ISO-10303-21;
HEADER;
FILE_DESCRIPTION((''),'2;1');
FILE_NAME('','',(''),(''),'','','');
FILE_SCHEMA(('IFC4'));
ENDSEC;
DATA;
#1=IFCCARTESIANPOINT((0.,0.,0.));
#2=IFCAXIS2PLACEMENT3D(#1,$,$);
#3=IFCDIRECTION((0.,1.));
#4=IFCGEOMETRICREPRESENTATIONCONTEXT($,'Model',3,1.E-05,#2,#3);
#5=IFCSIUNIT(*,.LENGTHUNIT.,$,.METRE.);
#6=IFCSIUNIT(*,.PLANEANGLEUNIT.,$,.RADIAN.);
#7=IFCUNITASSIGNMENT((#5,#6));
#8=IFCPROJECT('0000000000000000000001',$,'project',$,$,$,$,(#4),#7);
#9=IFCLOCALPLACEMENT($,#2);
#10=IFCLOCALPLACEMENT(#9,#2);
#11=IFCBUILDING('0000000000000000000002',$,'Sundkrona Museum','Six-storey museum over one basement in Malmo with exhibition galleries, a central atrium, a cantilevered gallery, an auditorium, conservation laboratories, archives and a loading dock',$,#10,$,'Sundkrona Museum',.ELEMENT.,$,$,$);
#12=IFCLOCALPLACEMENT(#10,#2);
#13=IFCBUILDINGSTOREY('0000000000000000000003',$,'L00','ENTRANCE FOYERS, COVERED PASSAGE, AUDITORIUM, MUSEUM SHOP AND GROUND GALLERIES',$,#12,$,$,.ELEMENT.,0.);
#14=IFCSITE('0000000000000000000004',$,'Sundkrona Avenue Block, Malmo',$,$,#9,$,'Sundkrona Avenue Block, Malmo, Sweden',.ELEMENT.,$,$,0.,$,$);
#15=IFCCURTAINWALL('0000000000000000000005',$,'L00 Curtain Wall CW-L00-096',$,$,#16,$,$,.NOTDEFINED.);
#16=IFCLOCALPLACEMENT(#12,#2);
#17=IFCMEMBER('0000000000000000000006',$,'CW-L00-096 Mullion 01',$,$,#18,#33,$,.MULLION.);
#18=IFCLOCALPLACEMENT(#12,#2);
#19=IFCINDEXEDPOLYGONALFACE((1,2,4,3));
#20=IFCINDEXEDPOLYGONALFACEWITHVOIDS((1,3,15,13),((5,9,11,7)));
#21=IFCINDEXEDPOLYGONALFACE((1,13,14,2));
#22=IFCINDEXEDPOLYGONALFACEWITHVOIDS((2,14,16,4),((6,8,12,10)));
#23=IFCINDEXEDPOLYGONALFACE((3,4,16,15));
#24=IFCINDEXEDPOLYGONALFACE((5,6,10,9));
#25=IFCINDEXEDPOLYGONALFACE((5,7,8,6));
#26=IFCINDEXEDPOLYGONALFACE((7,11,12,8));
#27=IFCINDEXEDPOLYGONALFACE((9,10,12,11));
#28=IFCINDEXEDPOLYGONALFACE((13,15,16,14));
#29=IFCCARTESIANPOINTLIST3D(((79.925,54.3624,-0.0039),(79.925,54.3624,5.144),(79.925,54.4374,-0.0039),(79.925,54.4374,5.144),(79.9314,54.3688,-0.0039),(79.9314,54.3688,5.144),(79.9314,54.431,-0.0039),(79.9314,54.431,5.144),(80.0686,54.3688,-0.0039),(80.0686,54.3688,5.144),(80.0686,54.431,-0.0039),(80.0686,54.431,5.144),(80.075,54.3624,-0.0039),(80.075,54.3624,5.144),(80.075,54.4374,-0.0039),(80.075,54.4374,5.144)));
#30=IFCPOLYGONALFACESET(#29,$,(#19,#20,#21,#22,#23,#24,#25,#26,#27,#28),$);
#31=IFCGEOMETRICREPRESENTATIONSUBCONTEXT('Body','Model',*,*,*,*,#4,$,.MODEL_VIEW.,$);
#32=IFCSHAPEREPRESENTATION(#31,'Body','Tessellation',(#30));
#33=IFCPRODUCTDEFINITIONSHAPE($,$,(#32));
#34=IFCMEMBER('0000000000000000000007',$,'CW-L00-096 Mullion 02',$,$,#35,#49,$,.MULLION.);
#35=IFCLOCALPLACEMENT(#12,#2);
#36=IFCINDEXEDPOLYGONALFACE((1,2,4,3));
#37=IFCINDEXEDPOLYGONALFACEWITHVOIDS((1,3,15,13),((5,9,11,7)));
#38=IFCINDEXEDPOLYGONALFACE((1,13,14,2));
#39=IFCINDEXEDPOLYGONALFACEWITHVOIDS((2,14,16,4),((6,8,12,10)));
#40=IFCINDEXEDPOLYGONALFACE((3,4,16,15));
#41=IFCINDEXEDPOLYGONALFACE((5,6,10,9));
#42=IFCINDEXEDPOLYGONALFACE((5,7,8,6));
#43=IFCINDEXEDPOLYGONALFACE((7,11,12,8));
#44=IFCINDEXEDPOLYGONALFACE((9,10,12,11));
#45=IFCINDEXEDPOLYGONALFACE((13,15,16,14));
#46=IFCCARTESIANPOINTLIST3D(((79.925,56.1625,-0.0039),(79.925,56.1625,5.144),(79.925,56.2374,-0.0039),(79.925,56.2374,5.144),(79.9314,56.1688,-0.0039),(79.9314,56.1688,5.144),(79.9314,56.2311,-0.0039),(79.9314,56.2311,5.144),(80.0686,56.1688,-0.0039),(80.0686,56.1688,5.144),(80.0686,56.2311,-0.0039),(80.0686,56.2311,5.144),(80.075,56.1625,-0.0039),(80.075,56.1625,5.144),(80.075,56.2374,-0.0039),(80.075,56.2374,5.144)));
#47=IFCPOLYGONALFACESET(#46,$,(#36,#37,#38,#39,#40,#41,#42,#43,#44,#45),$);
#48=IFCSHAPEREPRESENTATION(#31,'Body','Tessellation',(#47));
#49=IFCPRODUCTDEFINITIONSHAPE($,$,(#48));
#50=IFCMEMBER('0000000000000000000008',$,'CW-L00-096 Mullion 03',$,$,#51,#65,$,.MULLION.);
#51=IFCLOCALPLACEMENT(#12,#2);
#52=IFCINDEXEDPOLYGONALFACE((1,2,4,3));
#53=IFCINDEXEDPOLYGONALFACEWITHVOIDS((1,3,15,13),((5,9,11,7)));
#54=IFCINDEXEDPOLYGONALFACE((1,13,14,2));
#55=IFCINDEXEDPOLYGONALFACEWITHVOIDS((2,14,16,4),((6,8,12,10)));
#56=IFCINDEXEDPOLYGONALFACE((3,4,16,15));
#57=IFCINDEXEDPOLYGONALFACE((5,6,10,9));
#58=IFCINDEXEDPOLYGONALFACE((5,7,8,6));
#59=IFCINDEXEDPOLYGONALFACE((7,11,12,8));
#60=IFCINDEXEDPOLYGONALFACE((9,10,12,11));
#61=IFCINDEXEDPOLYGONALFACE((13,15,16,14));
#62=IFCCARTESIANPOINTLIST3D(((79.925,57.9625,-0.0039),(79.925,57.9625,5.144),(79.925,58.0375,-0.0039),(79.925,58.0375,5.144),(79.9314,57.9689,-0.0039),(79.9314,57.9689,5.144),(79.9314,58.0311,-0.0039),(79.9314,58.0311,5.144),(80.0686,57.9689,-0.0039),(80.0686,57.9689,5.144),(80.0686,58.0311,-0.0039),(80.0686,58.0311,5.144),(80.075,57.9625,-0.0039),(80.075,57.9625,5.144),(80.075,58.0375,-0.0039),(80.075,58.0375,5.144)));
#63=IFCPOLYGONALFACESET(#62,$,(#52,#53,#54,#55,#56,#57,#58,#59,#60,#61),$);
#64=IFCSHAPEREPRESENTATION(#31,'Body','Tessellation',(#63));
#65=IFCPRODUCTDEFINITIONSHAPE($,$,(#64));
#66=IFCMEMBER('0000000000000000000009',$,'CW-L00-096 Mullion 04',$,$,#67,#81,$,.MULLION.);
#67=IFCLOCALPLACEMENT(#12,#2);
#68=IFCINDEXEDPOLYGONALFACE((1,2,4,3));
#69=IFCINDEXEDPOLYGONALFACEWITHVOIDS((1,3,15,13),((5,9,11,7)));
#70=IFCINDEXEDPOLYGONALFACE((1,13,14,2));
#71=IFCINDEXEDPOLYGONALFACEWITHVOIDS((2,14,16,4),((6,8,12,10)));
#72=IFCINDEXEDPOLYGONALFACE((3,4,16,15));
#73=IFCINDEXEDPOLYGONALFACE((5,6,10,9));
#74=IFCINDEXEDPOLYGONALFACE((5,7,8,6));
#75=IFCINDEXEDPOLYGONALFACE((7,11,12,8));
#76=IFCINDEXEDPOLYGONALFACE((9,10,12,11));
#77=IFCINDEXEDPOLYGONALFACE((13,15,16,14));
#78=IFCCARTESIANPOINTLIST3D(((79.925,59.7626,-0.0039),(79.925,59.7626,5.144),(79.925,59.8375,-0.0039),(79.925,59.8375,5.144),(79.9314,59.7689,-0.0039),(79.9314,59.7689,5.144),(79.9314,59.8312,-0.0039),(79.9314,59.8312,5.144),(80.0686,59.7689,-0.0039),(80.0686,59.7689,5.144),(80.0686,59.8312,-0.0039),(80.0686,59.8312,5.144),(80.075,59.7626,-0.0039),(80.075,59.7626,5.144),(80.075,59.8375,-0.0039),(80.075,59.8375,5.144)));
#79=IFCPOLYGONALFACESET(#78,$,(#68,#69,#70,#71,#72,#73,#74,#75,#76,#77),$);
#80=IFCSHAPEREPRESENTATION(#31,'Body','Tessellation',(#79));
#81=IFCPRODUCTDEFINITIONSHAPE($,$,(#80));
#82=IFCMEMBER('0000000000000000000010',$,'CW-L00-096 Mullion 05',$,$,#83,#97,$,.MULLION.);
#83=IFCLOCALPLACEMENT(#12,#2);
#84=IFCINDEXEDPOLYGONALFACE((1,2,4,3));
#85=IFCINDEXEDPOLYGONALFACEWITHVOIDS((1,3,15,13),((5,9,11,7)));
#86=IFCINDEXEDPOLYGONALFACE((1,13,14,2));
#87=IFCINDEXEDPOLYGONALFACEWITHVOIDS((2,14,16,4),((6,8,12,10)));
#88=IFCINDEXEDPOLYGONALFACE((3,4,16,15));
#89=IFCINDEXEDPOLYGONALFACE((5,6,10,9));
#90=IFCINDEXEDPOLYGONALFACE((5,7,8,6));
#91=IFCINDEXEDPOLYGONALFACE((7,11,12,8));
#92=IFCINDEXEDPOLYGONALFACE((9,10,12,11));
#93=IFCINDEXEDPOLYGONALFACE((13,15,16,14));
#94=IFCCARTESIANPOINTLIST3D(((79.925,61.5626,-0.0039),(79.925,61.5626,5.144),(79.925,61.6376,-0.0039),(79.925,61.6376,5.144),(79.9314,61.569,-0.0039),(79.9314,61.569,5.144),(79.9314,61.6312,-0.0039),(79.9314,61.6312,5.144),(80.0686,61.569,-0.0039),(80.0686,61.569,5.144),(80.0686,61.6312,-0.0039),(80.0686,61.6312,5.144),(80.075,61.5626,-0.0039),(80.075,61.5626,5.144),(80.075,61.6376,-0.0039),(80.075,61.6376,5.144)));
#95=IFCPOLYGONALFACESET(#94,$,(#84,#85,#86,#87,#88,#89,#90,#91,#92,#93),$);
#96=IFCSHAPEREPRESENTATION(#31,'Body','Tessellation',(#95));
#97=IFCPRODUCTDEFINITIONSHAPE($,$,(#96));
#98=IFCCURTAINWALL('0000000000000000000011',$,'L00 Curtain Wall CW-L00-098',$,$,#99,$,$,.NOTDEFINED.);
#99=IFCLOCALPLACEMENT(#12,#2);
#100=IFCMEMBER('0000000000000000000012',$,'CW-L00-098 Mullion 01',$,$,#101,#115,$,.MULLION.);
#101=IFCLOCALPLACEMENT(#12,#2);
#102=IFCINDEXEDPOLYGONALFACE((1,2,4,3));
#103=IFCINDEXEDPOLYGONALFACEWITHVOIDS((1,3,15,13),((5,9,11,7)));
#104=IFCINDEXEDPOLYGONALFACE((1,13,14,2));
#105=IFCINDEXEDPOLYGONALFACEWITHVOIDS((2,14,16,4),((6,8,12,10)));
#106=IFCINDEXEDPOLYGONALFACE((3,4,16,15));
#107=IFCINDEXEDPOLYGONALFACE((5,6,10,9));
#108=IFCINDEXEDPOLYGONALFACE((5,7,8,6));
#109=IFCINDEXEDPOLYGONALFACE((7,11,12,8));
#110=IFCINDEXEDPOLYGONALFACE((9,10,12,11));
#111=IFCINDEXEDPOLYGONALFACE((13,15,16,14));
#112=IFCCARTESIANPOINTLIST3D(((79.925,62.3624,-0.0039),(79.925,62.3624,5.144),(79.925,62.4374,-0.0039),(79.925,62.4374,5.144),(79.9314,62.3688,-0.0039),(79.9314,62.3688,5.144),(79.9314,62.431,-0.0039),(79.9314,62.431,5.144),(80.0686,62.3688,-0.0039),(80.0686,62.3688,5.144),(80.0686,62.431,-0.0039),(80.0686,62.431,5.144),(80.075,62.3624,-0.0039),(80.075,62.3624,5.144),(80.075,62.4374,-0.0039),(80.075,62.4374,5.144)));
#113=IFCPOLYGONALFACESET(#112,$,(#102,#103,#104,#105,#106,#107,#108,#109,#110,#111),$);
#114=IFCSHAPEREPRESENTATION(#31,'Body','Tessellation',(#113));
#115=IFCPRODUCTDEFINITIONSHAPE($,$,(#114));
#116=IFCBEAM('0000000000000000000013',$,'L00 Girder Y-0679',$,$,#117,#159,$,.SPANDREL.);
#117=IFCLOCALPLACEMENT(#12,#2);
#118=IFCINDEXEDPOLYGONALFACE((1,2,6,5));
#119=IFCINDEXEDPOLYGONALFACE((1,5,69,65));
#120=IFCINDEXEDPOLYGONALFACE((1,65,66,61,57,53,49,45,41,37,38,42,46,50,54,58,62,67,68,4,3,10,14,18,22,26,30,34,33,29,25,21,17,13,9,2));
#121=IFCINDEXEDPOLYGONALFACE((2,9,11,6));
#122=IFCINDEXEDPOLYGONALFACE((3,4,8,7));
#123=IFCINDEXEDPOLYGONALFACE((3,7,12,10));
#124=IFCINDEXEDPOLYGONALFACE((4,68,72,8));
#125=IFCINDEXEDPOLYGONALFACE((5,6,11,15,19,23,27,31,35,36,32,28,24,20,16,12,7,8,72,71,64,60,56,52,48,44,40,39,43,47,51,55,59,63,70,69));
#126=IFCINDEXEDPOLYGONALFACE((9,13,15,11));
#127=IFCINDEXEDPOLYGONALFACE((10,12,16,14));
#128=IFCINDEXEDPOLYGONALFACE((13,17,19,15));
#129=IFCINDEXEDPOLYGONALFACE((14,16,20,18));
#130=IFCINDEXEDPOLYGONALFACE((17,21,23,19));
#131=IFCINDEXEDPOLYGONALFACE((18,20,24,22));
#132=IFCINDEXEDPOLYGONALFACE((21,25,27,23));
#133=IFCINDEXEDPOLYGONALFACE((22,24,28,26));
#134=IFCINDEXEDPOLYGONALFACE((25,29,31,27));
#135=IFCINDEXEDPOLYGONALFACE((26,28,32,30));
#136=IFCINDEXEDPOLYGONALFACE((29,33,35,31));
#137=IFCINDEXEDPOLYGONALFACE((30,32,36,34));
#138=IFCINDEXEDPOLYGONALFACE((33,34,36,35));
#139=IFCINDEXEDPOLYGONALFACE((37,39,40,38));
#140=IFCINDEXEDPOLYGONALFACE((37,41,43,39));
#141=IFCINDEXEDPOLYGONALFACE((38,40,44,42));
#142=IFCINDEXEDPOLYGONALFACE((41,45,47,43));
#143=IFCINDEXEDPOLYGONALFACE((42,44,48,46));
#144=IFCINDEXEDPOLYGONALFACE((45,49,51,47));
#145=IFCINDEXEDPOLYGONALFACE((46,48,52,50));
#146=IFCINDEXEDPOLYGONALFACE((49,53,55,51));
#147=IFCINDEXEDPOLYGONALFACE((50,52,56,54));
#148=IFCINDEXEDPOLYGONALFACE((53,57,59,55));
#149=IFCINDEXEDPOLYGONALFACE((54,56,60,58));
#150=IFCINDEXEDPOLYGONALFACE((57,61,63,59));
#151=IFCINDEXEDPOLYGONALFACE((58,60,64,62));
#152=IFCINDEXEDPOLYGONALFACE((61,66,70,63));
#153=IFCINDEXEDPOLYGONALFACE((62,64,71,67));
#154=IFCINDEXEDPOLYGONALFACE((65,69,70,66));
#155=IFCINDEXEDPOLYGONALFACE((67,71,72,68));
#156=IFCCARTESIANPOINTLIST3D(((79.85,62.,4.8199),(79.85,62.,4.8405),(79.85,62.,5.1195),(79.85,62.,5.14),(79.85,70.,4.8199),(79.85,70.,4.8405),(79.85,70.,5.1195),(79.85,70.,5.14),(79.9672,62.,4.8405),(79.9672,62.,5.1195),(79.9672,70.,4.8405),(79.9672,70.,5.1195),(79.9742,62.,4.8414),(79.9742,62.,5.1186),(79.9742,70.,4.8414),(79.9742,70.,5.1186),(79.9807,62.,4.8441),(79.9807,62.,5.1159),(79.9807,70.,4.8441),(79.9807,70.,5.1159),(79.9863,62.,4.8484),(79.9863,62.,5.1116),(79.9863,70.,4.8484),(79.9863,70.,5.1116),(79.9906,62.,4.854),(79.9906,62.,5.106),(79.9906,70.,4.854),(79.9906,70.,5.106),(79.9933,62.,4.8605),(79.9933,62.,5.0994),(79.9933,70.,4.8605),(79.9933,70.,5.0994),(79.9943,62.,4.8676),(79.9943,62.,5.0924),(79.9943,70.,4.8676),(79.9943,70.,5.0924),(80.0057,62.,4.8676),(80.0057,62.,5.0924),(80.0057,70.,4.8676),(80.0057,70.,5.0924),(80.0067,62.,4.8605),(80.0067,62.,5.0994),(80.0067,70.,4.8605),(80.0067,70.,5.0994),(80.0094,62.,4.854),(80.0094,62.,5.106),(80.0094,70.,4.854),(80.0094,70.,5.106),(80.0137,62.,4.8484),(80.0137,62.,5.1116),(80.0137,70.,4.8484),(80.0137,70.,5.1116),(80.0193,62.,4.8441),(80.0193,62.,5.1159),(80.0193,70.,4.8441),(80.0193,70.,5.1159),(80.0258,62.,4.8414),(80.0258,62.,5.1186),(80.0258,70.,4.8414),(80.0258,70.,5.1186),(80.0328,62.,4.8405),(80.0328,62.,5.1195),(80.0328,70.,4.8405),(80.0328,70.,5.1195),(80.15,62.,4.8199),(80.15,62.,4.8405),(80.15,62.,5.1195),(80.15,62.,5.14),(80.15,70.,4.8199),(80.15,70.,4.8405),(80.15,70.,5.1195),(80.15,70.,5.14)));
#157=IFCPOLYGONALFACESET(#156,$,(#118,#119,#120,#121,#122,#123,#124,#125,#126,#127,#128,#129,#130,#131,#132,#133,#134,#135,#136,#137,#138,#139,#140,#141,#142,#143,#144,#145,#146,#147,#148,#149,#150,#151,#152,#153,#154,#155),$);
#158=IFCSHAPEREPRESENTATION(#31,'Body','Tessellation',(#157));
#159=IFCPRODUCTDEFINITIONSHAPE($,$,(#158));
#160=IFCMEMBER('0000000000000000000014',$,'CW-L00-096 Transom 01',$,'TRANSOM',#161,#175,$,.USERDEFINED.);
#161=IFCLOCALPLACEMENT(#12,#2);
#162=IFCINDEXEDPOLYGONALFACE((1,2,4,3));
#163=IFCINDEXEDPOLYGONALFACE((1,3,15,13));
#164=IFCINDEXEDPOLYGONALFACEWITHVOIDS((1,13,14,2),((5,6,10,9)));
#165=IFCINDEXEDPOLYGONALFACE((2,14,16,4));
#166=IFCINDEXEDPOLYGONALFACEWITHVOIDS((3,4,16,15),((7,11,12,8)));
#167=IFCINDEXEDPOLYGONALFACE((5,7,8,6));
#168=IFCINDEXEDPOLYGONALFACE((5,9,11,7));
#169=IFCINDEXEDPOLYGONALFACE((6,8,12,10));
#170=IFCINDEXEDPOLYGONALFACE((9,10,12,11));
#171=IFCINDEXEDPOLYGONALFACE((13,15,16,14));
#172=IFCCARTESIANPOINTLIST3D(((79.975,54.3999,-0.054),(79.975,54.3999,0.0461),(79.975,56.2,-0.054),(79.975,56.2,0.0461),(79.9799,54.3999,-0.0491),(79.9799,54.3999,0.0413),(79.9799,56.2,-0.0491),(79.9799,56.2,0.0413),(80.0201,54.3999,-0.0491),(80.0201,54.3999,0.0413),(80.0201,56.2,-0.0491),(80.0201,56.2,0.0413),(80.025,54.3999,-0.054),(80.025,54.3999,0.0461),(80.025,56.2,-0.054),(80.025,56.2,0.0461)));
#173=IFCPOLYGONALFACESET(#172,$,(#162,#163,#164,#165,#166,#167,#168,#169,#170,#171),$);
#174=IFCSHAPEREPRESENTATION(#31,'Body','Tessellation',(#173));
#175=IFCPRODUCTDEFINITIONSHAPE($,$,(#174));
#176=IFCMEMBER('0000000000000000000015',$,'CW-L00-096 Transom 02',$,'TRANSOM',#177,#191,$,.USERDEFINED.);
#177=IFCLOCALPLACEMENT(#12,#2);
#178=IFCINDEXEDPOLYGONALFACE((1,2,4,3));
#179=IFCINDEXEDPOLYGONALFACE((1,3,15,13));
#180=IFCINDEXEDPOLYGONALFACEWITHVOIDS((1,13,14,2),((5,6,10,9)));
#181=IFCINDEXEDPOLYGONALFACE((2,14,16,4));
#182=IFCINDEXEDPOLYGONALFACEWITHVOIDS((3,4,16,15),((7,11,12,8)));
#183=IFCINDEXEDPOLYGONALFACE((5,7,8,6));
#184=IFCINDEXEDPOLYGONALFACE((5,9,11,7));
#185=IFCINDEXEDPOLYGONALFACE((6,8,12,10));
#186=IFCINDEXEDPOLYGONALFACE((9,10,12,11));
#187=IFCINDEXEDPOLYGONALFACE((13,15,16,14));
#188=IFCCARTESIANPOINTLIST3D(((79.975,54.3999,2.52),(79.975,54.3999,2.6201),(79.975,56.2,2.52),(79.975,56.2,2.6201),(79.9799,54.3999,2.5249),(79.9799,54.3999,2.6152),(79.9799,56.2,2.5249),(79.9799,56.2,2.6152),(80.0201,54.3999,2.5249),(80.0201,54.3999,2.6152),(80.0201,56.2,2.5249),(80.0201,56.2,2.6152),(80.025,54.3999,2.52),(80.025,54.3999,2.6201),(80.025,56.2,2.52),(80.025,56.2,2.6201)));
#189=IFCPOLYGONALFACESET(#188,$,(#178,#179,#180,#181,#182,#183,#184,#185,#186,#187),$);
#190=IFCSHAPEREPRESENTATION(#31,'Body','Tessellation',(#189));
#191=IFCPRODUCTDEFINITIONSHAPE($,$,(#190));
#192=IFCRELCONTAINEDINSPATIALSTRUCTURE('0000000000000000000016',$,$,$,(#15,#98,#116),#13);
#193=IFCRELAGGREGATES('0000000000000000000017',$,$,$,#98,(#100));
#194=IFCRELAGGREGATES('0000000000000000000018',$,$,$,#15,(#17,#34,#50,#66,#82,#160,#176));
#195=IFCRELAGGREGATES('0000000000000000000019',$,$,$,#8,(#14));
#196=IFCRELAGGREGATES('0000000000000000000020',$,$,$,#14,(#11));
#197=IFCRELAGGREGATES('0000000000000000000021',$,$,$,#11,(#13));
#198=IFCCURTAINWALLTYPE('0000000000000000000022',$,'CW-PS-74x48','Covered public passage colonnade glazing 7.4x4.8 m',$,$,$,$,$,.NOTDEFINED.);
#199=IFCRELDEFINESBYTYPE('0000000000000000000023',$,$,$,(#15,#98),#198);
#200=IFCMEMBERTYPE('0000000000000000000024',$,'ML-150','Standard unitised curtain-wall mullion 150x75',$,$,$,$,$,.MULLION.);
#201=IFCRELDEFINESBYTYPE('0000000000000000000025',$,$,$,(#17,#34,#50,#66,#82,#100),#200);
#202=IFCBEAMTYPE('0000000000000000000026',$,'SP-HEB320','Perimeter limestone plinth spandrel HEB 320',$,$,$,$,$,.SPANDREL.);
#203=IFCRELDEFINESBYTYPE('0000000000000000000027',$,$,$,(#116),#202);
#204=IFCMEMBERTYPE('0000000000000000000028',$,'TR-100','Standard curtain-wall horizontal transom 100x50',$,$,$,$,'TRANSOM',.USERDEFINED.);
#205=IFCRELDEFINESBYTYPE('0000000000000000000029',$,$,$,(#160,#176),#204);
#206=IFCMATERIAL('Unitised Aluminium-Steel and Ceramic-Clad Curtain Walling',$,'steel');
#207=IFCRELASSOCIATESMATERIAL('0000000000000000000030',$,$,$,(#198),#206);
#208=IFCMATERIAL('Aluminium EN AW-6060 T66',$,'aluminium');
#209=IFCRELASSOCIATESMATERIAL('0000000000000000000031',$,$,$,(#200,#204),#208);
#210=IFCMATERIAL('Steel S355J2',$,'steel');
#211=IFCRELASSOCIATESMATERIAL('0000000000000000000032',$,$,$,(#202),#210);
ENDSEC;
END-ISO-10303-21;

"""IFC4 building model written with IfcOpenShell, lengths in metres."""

from ifc_helpers import new_model, si_unit, direction, frame, origin, origin_2d, place, context, subcontext, project, spatial, hollow_rectangle, i_section, extrude, material, material_profile, profile_set, type_object, element, aggregate, save


model = new_model("IFC4")

# Units and contexts
model_context = context("Model", 3, precision=1e-05, world=origin(), true_north=direction((0.0, 1.0)))
body_context = subcontext(model_context, "Body", "Model", "MODEL_VIEW")
ifc_project = project(units=[si_unit("LENGTHUNIT", "METRE"), si_unit("PLANEANGLEUNIT", "RADIAN")], contexts=[model_context])

# Site, building, storey
site_placement = place(None, origin())
site = spatial("IfcSite", under=ifc_project, at=site_placement, Name="Sundkrona Avenue Block, Malmo", LongName="Sundkrona Avenue Block, Malmo, Sweden", CompositionType="ELEMENT", RefElevation=0.0)
building_placement = place(site_placement, origin())
building = spatial("IfcBuilding", under=site, at=building_placement, Name="Sundkrona Museum", Description="Six-storey museum over one basement in Malmo with exhibition galleries, a central atrium, a cantilevered gallery, an auditorium, conservation laboratories, archives and a loading dock", LongName="Sundkrona Museum", CompositionType="ELEMENT")
storey_placement = place(building_placement, origin())
storey = spatial("IfcBuildingStorey", under=building, at=storey_placement, Name="L00", Description="ENTRANCE FOYERS, COVERED PASSAGE, AUDITORIUM, MUSEUM SHOP AND GROUND GALLERIES", CompositionType="ELEMENT", Elevation=0.0)

# Shared definitions
ifc_material_1 = material(Name="Steel S355J2", Category="steel")

# Curtain wall, members
ifc_material_2 = material(Name="Unitised Aluminium-Steel and Ceramic-Clad Curtain Walling", Category="steel")
curtain_wall_type = type_object("IfcCurtainWallType", Name="CW-PS-74x48", Description="Covered public passage colonnade glazing 7.4x4.8 m", PredefinedType="NOTDEFINED", material=ifc_material_2)
curtain_wall_1_placement = place(storey_placement, origin())
curtain_wall_1 = element("IfcCurtainWall", 1, at=curtain_wall_1_placement, inside=storey, type_object=curtain_wall_type, Name="L00 Curtain Wall CW-L00-096", PredefinedType="NOTDEFINED")
ifc_material_3 = material(Name="Aluminium EN AW-6060 T66", Category="aluminium")
ifc_material_profile_1 = material_profile(ifc_material_3, hollow_rectangle(XDim=0.075, YDim=0.1499, WallThickness=0.0063, at=origin_2d()), Name="RHS 150x75x6.3")
ifc_profile_set_1 = profile_set([ifc_material_profile_1], Name="Aluminium EN AW-6060 T66")
member_type_1 = type_object("IfcMemberType", Name="ML-150", Description="Standard unitised curtain-wall mullion 150x75", PredefinedType="MULLION", material=ifc_profile_set_1)
member_1_placement = place(storey_placement, frame((80.0, 54.3999, -0.0039), z_axis=(0.0, 0.0, 1.0), x_axis=(0.0, 1.0, 0.0)))
member_1 = element("IfcMember", 2, at=member_1_placement, type_object=member_type_1, Name="CW-L00-096 Mullion 01", PredefinedType="MULLION", context=body_context, shape_type="SweptSolid", body=[
    extrude(hollow_rectangle(XDim=0.075, YDim=0.1499, WallThickness=0.0063, at=origin_2d()), origin(), (0.0, 0.0, 1.0), 5.1479),
])
member_2_placement = place(storey_placement, frame((80.0, 56.2, -0.0039), z_axis=(0.0, 0.0, 1.0), x_axis=(0.0, 1.0, 0.0)))
member_2 = element("IfcMember", 3, at=member_2_placement, type_object=member_type_1, Name="CW-L00-096 Mullion 02", PredefinedType="MULLION", context=body_context, shape_type="SweptSolid", body=[
    extrude(hollow_rectangle(XDim=0.075, YDim=0.1499, WallThickness=0.0063, at=origin_2d()), origin(), (0.0, 0.0, 1.0), 5.1479),
])
member_3_placement = place(storey_placement, frame((80.0, 58.0, -0.0039), z_axis=(0.0, 0.0, 1.0), x_axis=(0.0, 1.0, 0.0)))
member_3 = element("IfcMember", 4, at=member_3_placement, type_object=member_type_1, Name="CW-L00-096 Mullion 03", PredefinedType="MULLION", context=body_context, shape_type="SweptSolid", body=[
    extrude(hollow_rectangle(XDim=0.075, YDim=0.1499, WallThickness=0.0063, at=origin_2d()), origin(), (0.0, 0.0, 1.0), 5.1479),
])
member_4_placement = place(storey_placement, frame((80.0, 59.8, -0.0039), z_axis=(0.0, 0.0, 1.0), x_axis=(0.0, 1.0, 0.0)))
member_4 = element("IfcMember", 5, at=member_4_placement, type_object=member_type_1, Name="CW-L00-096 Mullion 04", PredefinedType="MULLION", context=body_context, shape_type="SweptSolid", body=[
    extrude(hollow_rectangle(XDim=0.075, YDim=0.1499, WallThickness=0.0063, at=origin_2d()), origin(), (0.0, 0.0, 1.0), 5.1479),
])
member_5_placement = place(storey_placement, frame((80.0, 61.6001, -0.0039), z_axis=(0.0, 0.0, 1.0), x_axis=(0.0, 1.0, 0.0)))
member_5 = element("IfcMember", 6, at=member_5_placement, type_object=member_type_1, Name="CW-L00-096 Mullion 05", PredefinedType="MULLION", context=body_context, shape_type="SweptSolid", body=[
    extrude(hollow_rectangle(XDim=0.075, YDim=0.1499, WallThickness=0.0063, at=origin_2d()), origin(), (0.0, 0.0, 1.0), 5.1479),
])

# Curtain wall, member
curtain_wall_2_placement = place(storey_placement, origin())
curtain_wall_2 = element("IfcCurtainWall", 7, at=curtain_wall_2_placement, inside=storey, type_object=curtain_wall_type, Name="L00 Curtain Wall CW-L00-098", PredefinedType="NOTDEFINED")
member_6_placement = place(storey_placement, frame((80.0, 62.3999, -0.0039), z_axis=(0.0, 0.0, 1.0), x_axis=(0.0, 1.0, 0.0)))
member_6 = element("IfcMember", 8, at=member_6_placement, type_object=member_type_1, Name="CW-L00-098 Mullion 01", PredefinedType="MULLION", context=body_context, shape_type="SweptSolid", body=[
    extrude(hollow_rectangle(XDim=0.075, YDim=0.1499, WallThickness=0.0063, at=origin_2d()), origin(), (0.0, 0.0, 1.0), 5.1479),
])

# Beam
ifc_material_profile_2 = material_profile(ifc_material_1, i_section(OverallWidth=0.3, OverallDepth=0.3201, WebThickness=0.0115, FlangeThickness=0.0205, FilletRadius=0.0271, at=origin_2d()), Name="HEB 320")
ifc_profile_set_2 = profile_set([ifc_material_profile_2], Name="Steel S355J2")
beam_type_1 = type_object("IfcBeamType", Name="SP-HEB320", Description="Perimeter limestone plinth spandrel HEB 320", PredefinedType="SPANDREL", material=ifc_profile_set_2)
beam_1_placement = place(storey_placement, frame((80.0, 62.0, 4.98), z_axis=(0.0, 1.0, 0.0), x_axis=(-1.0, 0.0, 0.0)))
element("IfcBeam", 9, at=beam_1_placement, inside=storey, type_object=beam_type_1, Name="L00 Girder Y-0679", PredefinedType="SPANDREL", context=body_context, shape_type="SweptSolid", body=[
    extrude(i_section(OverallWidth=0.3, OverallDepth=0.3201, WebThickness=0.0115, FlangeThickness=0.0205, FilletRadius=0.0271, at=origin_2d()), origin(), (0.0, 0.0, 1.0), 8.0),
])

# Members
ifc_material_profile_3 = material_profile(ifc_material_3, hollow_rectangle(XDim=0.05, YDim=0.1001, WallThickness=0.0049, at=origin_2d()), Name="RHS 100x50x5.0")
ifc_profile_set_3 = profile_set([ifc_material_profile_3], Name="Aluminium EN AW-6060 T66")
member_type_2 = type_object("IfcMemberType", Name="TR-100", Description="Standard curtain-wall horizontal transom 100x50", ElementType="TRANSOM", PredefinedType="USERDEFINED", material=ifc_profile_set_3)
member_7_placement = place(storey_placement, frame((80.0, 54.3999, -0.0039), z_axis=(0.0, 1.0, 0.0), x_axis=(-1.0, 0.0, 0.0)))
member_7 = element("IfcMember", 10, at=member_7_placement, type_object=member_type_2, Name="CW-L00-096 Transom 01", ObjectType="TRANSOM", PredefinedType="USERDEFINED", context=body_context, shape_type="SweptSolid", body=[
    extrude(hollow_rectangle(XDim=0.05, YDim=0.1001, WallThickness=0.0049, at=origin_2d()), origin(), (0.0, 0.0, 1.0), 1.8),
])
member_8_placement = place(storey_placement, frame((80.0, 54.3999, 2.5701), z_axis=(0.0, 1.0, 0.0), x_axis=(-1.0, 0.0, 0.0)))
member_8 = element("IfcMember", 11, at=member_8_placement, type_object=member_type_2, Name="CW-L00-096 Transom 02", ObjectType="TRANSOM", PredefinedType="USERDEFINED", context=body_context, shape_type="SweptSolid", body=[
    extrude(hollow_rectangle(XDim=0.05, YDim=0.1001, WallThickness=0.0049, at=origin_2d()), origin(), (0.0, 0.0, 1.0), 1.8),
])
aggregate(curtain_wall_2, [member_6])

aggregate(curtain_wall_1, [member_1, member_2, member_3, member_4, member_5, member_7, member_8])

save(model, "model.ifc")
